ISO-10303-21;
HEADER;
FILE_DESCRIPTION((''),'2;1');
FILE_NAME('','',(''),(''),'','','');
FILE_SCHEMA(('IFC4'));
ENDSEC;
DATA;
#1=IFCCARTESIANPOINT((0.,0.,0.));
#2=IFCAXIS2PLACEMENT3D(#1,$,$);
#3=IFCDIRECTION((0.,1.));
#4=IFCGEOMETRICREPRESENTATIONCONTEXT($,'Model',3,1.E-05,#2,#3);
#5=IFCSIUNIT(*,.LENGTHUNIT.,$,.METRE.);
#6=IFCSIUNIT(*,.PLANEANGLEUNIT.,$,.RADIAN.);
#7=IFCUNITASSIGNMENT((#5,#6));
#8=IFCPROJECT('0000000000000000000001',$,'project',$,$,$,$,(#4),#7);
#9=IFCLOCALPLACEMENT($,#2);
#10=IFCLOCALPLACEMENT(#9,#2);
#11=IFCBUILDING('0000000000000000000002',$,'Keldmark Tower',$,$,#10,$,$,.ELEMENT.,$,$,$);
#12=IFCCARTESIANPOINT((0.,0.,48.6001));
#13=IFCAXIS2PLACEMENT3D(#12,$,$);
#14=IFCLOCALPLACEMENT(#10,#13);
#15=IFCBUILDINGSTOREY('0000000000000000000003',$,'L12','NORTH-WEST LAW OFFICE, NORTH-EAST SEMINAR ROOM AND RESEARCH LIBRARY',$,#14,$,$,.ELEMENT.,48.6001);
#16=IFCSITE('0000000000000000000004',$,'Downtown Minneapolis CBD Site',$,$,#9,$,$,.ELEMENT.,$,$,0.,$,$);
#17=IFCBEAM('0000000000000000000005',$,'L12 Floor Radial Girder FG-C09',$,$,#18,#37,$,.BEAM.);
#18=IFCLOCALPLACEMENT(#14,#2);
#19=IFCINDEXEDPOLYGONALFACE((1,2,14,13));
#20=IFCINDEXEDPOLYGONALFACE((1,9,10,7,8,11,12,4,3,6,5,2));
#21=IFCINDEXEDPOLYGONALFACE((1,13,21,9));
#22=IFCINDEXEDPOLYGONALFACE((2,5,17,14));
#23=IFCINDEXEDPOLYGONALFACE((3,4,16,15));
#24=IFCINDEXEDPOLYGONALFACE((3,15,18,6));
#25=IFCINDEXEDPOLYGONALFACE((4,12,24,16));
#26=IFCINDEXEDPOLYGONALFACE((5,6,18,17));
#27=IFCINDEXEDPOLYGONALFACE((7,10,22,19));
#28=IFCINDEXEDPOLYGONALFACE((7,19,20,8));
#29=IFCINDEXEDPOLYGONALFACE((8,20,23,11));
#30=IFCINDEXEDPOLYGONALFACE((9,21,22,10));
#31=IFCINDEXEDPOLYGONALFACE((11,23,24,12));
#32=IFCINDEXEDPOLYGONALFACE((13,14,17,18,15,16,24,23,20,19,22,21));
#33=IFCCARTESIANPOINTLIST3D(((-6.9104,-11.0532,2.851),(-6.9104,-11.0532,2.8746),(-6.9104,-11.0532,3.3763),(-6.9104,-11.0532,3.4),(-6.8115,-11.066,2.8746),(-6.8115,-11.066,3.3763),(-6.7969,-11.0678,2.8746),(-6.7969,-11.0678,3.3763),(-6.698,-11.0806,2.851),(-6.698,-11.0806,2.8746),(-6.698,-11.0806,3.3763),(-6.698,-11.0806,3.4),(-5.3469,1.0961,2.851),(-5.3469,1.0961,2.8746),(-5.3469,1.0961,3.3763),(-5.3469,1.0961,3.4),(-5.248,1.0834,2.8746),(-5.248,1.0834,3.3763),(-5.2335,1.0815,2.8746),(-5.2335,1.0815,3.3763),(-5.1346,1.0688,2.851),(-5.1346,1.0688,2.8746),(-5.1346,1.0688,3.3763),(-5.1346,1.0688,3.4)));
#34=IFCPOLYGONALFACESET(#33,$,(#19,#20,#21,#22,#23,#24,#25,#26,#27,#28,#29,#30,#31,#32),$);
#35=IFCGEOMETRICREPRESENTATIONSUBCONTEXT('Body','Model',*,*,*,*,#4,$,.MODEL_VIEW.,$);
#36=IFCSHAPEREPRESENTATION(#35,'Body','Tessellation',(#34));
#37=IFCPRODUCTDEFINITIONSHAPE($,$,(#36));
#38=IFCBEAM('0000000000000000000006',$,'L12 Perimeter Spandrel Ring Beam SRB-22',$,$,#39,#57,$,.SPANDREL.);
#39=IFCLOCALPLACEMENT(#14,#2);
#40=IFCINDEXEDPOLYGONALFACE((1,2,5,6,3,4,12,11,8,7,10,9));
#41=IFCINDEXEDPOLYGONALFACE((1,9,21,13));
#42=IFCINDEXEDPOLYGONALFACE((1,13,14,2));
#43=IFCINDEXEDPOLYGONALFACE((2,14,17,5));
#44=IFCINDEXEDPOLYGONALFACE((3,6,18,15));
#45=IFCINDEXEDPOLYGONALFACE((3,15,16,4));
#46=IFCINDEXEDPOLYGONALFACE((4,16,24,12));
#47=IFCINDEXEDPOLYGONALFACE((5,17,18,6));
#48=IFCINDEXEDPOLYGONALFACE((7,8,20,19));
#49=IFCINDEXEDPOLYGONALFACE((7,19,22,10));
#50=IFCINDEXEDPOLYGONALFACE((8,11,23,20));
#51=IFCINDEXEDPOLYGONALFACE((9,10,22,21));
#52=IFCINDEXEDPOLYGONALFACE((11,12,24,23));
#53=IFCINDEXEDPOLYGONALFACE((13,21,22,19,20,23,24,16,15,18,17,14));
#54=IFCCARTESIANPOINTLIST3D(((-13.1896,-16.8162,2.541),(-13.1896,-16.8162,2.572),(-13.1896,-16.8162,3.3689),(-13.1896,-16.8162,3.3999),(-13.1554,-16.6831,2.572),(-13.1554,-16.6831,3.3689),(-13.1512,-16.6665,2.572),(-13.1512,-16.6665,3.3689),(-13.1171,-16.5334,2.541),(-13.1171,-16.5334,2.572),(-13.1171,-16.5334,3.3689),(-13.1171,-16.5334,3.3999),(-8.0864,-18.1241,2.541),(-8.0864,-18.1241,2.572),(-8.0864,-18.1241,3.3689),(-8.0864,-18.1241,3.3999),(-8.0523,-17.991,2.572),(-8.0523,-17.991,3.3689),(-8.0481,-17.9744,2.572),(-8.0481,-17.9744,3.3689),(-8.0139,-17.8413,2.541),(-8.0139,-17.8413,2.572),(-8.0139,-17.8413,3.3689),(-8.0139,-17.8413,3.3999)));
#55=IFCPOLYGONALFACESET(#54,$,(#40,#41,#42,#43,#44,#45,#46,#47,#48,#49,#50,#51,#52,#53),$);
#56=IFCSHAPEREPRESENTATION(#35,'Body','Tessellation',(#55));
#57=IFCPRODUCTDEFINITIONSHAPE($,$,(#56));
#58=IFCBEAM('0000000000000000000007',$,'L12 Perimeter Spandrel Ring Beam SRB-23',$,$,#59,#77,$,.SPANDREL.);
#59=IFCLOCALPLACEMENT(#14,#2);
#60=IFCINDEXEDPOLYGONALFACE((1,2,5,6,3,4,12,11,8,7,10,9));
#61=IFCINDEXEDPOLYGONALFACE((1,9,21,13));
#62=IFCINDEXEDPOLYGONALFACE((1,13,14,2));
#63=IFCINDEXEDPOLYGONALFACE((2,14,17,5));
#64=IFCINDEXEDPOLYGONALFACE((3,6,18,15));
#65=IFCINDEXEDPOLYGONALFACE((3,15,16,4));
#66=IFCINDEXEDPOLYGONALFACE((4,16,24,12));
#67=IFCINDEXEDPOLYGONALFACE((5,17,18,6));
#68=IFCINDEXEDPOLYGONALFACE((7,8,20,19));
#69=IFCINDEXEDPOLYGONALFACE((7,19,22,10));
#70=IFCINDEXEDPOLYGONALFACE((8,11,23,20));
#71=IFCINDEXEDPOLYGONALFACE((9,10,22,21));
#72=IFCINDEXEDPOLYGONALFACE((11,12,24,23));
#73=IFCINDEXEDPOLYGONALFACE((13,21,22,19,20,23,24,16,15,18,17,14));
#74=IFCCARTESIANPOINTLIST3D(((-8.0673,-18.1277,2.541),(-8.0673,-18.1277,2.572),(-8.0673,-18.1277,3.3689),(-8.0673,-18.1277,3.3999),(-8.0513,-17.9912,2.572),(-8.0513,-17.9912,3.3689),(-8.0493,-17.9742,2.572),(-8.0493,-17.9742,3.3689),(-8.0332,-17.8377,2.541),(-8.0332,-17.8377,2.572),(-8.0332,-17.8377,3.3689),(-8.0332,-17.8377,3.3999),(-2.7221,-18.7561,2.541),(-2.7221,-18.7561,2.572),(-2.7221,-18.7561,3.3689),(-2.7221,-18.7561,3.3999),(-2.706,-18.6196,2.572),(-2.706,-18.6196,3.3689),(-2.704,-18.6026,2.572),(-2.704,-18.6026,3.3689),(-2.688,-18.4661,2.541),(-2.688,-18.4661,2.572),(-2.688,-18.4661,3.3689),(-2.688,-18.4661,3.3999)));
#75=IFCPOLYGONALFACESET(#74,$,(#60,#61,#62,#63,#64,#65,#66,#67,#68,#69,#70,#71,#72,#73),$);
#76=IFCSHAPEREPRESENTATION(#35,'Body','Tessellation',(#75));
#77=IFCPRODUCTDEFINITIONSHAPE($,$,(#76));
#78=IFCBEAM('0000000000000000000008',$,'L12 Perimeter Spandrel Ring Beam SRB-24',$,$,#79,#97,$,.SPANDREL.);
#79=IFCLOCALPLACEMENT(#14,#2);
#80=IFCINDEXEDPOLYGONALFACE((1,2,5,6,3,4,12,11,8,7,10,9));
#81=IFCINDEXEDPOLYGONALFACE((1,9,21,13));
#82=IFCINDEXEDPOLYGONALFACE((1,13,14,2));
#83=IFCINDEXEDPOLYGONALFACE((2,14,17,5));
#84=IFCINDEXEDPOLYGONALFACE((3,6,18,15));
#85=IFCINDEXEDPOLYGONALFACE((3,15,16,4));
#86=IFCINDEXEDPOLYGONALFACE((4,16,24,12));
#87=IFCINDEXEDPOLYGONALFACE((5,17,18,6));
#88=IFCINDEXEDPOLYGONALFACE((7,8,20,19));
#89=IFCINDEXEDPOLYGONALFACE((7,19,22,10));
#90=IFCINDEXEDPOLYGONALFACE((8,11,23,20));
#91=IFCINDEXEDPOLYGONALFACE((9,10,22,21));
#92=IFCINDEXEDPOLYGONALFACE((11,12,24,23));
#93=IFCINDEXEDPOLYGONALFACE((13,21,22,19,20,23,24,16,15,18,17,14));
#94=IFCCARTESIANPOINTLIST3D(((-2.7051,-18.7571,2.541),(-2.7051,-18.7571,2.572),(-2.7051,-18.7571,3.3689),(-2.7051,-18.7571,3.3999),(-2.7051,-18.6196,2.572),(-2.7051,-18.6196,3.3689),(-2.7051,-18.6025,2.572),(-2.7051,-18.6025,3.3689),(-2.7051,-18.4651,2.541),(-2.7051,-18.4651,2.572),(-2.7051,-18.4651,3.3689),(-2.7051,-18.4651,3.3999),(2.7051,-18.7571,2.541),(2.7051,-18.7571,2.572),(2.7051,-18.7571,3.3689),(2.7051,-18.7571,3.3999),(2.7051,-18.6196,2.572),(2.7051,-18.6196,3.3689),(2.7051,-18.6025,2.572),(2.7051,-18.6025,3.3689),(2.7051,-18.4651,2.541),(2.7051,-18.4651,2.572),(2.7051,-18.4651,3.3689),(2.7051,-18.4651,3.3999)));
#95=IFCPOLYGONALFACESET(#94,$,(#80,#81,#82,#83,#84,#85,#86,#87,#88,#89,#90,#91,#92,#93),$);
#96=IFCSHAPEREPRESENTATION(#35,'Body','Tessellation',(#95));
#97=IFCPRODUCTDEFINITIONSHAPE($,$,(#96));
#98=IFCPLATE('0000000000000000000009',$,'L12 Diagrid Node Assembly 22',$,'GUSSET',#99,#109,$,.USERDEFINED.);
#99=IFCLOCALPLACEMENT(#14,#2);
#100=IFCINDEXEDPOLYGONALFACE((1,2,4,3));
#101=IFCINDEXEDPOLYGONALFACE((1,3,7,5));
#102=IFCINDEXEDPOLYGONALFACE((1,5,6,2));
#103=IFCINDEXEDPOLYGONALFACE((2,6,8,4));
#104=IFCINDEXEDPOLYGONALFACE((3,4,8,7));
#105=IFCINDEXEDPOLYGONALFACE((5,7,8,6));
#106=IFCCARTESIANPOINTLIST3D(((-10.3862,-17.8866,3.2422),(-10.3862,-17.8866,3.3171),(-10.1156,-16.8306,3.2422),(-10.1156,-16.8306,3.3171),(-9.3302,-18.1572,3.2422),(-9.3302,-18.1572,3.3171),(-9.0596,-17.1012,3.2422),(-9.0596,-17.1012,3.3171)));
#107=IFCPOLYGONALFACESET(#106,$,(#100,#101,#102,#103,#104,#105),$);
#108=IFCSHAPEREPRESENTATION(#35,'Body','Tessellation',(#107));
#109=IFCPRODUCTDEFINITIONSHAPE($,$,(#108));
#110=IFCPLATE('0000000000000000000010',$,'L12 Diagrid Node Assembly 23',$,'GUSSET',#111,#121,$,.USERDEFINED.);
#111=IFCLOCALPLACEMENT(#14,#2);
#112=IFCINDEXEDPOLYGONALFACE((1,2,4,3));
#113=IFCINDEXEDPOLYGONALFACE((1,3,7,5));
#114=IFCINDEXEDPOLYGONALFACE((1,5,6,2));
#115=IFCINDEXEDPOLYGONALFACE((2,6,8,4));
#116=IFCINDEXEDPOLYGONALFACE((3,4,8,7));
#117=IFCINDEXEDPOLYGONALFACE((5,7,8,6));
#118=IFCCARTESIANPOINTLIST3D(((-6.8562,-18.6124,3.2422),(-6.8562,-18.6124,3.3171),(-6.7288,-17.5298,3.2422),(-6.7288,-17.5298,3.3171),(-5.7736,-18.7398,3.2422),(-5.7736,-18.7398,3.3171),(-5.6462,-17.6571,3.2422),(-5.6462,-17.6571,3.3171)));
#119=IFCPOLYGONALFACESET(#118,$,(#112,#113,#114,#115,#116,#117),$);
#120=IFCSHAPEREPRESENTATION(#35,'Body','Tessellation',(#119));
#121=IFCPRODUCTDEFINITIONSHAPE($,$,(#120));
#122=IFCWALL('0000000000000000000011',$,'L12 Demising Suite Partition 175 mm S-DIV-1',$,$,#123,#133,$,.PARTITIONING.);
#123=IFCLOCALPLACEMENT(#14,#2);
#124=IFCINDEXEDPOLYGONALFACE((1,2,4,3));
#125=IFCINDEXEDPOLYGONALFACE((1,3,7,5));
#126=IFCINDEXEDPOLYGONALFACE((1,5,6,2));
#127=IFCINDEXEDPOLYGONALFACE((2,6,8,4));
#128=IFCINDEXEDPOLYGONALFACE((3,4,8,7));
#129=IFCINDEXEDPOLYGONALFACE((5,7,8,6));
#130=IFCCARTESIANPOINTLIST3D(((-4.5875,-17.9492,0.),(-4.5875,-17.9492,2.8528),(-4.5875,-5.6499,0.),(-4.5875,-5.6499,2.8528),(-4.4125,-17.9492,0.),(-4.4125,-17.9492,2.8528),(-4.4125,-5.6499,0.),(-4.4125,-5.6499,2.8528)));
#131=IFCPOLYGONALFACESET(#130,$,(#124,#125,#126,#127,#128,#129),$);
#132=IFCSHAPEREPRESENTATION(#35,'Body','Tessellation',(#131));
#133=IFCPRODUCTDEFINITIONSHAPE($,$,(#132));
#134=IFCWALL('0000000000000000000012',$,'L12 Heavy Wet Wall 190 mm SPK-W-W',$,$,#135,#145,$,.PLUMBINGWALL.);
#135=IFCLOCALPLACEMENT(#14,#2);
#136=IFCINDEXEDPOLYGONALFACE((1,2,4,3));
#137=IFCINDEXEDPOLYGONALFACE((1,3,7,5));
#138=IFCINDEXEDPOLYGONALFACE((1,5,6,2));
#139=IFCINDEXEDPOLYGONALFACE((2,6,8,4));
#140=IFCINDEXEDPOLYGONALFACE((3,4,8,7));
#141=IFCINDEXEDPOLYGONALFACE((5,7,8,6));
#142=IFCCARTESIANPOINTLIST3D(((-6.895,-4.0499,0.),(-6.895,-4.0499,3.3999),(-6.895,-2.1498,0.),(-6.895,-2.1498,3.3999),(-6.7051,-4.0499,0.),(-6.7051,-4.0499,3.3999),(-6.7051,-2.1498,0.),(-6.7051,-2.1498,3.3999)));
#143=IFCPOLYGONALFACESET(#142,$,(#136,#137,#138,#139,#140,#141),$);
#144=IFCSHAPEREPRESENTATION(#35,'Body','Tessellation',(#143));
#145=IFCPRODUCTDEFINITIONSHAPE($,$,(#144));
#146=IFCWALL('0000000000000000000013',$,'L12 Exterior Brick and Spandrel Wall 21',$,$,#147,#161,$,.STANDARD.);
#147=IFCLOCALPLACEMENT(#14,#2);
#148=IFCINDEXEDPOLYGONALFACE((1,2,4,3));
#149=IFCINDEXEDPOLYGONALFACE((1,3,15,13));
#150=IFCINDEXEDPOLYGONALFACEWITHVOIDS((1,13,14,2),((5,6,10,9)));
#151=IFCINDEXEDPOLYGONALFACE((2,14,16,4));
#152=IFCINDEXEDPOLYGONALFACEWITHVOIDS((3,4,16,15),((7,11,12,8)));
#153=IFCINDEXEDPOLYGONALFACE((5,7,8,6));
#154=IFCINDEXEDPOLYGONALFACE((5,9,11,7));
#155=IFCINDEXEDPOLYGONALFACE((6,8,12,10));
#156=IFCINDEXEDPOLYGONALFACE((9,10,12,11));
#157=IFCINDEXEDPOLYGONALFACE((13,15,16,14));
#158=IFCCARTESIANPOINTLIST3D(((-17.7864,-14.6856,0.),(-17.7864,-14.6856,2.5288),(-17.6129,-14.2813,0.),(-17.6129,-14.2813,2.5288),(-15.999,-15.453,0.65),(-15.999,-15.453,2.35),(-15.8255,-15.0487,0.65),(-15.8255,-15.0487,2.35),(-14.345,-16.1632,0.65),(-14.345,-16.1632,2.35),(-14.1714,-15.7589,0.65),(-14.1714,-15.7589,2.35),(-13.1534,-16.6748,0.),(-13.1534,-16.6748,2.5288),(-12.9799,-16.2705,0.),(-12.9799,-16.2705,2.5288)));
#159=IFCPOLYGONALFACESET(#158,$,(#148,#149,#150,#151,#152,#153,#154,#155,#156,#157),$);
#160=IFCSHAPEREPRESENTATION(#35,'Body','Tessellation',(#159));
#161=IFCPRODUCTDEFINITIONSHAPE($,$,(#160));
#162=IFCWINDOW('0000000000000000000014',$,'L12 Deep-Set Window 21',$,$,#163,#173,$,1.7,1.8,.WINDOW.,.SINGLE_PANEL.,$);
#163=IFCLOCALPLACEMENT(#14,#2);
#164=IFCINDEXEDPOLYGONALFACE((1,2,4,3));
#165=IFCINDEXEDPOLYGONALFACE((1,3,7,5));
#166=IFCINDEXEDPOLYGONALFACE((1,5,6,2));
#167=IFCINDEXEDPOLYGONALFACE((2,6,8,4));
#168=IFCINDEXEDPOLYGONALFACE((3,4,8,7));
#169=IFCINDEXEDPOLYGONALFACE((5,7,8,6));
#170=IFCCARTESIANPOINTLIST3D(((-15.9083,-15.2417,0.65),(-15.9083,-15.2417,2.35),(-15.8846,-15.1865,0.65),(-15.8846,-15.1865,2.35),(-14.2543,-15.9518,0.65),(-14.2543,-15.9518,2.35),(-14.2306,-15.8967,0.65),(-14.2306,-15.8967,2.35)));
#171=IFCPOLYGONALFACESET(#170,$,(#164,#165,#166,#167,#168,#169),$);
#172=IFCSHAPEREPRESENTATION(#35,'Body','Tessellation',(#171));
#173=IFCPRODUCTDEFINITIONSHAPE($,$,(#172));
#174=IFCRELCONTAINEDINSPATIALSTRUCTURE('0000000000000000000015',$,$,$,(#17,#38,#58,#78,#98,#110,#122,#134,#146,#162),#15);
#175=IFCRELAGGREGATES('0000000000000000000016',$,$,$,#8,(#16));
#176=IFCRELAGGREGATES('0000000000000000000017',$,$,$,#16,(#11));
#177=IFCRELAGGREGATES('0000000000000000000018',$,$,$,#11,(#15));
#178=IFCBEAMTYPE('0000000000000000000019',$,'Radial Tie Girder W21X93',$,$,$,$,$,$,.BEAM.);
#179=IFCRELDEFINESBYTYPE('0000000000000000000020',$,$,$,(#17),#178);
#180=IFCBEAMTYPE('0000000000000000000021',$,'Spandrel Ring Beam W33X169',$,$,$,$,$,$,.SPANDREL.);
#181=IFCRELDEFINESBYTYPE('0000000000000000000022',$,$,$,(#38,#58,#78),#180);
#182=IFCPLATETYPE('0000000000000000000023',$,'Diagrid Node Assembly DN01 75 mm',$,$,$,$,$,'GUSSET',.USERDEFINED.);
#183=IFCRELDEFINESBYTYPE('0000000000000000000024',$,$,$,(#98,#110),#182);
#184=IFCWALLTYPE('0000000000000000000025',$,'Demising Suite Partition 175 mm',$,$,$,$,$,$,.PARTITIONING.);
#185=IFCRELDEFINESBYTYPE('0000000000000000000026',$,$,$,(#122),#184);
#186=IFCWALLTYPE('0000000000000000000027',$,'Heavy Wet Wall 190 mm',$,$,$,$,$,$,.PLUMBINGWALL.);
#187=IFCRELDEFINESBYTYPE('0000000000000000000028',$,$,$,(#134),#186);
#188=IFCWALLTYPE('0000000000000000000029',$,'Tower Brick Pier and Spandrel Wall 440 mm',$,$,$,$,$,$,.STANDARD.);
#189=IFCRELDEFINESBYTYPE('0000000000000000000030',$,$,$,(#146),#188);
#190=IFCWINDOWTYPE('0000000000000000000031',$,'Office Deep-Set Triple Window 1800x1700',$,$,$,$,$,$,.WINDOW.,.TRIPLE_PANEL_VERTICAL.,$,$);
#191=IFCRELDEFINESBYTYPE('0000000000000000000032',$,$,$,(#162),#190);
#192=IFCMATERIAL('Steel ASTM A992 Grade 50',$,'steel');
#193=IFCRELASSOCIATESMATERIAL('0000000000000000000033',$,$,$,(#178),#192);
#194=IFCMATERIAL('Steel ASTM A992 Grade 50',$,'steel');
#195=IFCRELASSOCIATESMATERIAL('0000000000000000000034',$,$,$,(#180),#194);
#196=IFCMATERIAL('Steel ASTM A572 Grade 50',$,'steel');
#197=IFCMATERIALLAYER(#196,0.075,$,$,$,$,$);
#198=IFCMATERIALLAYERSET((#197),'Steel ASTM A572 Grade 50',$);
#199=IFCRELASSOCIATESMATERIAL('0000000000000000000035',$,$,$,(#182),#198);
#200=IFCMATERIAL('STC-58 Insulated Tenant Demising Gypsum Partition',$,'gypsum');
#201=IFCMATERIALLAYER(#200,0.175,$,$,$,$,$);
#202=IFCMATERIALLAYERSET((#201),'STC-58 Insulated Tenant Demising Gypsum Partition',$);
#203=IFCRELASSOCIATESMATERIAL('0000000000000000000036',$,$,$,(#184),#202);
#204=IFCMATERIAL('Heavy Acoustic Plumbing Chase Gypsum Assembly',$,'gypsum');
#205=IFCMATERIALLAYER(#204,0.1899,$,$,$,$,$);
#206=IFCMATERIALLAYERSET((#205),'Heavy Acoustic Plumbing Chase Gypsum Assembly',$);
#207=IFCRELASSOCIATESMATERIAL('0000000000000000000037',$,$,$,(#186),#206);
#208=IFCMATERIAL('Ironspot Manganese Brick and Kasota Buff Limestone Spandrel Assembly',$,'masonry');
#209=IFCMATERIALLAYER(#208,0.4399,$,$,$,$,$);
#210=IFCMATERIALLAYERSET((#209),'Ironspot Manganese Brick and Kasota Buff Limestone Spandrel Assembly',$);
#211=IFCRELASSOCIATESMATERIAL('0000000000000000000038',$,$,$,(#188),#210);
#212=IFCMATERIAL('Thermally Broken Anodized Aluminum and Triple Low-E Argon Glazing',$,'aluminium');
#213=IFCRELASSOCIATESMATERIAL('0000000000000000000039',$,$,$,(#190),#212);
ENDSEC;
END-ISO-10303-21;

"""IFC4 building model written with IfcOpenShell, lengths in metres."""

from ifc_helpers import new_model, si_unit, direction, frame, frame_2d, origin, origin_2d, place, context, subcontext, project, spatial, rectangle, i_section, extrude, material, layer, layer_set, material_profile, profile_set, type_object, element, fill, save


model = new_model("IFC4")

# Units and contexts
model_context = context("Model", 3, precision=1e-05, world=origin(), true_north=direction((0.0, 1.0)))
body_context = subcontext(model_context, "Body", "Model", "MODEL_VIEW")
ifc_project = project(units=[si_unit("LENGTHUNIT", "METRE"), si_unit("PLANEANGLEUNIT", "RADIAN")], contexts=[model_context])

# Site, building, storey
site_placement = place(None, origin())
site = spatial("IfcSite", under=ifc_project, at=site_placement, Name="Downtown Minneapolis CBD Site", CompositionType="ELEMENT", RefElevation=0.0)
building_placement = place(site_placement, origin())
building = spatial("IfcBuilding", under=site, at=building_placement, Name="Keldmark Tower", CompositionType="ELEMENT")
storey_placement = place(building_placement, frame((0.0, 0.0, 48.6001)))
storey = spatial("IfcBuildingStorey", under=building, at=storey_placement, Name="L12", Description="NORTH-WEST LAW OFFICE, NORTH-EAST SEMINAR ROOM AND RESEARCH LIBRARY", CompositionType="ELEMENT", Elevation=48.6001)

# Beams
ifc_material_1 = material(Name="Steel ASTM A992 Grade 50", Category="steel")
ifc_material_profile_1 = material_profile(ifc_material_1, i_section(OverallWidth=0.2141, OverallDepth=0.5491, WebThickness=0.0146, FlangeThickness=0.0237, at=origin_2d()), Name="W21X93")
ifc_profile_set_1 = profile_set([ifc_material_profile_1], Name="Steel ASTM A992 Grade 50")
beam_type_1 = type_object("IfcBeamType", Name="Radial Tie Girder W21X93", PredefinedType="BEAM", material=ifc_profile_set_1)
beam_1_placement = place(storey_placement, frame((-6.8042, -11.0669, 3.1255), z_axis=(0.127635, 0.991821, 0.0), x_axis=(-0.991821, 0.127635, 0.0)))
element("IfcBeam", 1, at=beam_1_placement, inside=storey, type_object=beam_type_1, Name="L12 Floor Radial Girder FG-C09", PredefinedType="BEAM", context=body_context, shape_type="SweptSolid", body=[
    extrude(i_section(OverallWidth=0.2141, OverallDepth=0.5491, WebThickness=0.0146, FlangeThickness=0.0237, at=origin_2d()), origin(), (0.0, 0.0, 1.0), 12.2495),
])
ifc_material_2 = material(Name="Steel ASTM A992 Grade 50", Category="steel")
ifc_material_profile_2 = material_profile(ifc_material_2, i_section(OverallWidth=0.292, OverallDepth=0.8589, WebThickness=0.0171, FlangeThickness=0.031, at=origin_2d()), Name="W33X169")
ifc_profile_set_2 = profile_set([ifc_material_profile_2], Name="Steel ASTM A992 Grade 50")
beam_type_2 = type_object("IfcBeamType", Name="Spandrel Ring Beam W33X169", PredefinedType="SPANDREL", material=ifc_profile_set_2)
beam_2_placement = place(storey_placement, frame((-13.1533, -16.6748, 2.9705), z_axis=(0.968692, -0.248267, 0.0), x_axis=(0.248267, 0.968692, 0.0)))
element("IfcBeam", 2, at=beam_2_placement, inside=storey, type_object=beam_type_2, Name="L12 Perimeter Spandrel Ring Beam SRB-22", PredefinedType="SPANDREL", context=body_context, shape_type="SweptSolid", body=[
    extrude(i_section(OverallWidth=0.292, OverallDepth=0.8589, WebThickness=0.0171, FlangeThickness=0.031, at=origin_2d()), origin(), (0.0, 0.0, 1.0), 5.2681),
])
beam_3_placement = place(storey_placement, frame((-8.0503, -17.9827, 2.9705), z_axis=(0.99316, -0.116762, 0.0), x_axis=(0.116762, 0.99316, 0.0)))
element("IfcBeam", 3, at=beam_3_placement, inside=storey, type_object=beam_type_2, Name="L12 Perimeter Spandrel Ring Beam SRB-23", PredefinedType="SPANDREL", context=body_context, shape_type="SweptSolid", body=[
    extrude(i_section(OverallWidth=0.292, OverallDepth=0.8589, WebThickness=0.0171, FlangeThickness=0.031, at=origin_2d()), origin(), (0.0, 0.0, 1.0), 5.3821),
])
beam_4_placement = place(storey_placement, frame((-2.7051, -18.6111, 2.9705), z_axis=(1.0, 0.0, 0.0), x_axis=(0.0, 1.0, 0.0)))
element("IfcBeam", 4, at=beam_4_placement, inside=storey, type_object=beam_type_2, Name="L12 Perimeter Spandrel Ring Beam SRB-24", PredefinedType="SPANDREL", context=body_context, shape_type="SweptSolid", body=[
    extrude(i_section(OverallWidth=0.292, OverallDepth=0.8589, WebThickness=0.0171, FlangeThickness=0.031, at=origin_2d()), origin(), (0.0, 0.0, 1.0), 5.4102),
])

# Plates
ifc_material_3 = material(Name="Steel ASTM A572 Grade 50", Category="steel")
ifc_layer_1 = layer(ifc_material_3, 0.075)
ifc_layer_set_1 = layer_set([ifc_layer_1], Name="Steel ASTM A572 Grade 50")
plate_type = type_object("IfcPlateType", Name="Diagrid Node Assembly DN01 75 mm", ElementType="GUSSET", PredefinedType="USERDEFINED", material=ifc_layer_set_1)
for number, where, z_axis, x_axis, name in (
    (5, (-9.7229, -17.4939, 3.2422), (0.0, 0.0, 1.0), (0.968713, -0.248183, 0.0), "L12 Diagrid Node Assembly 22"),
    (6, (-6.2512, -18.1348, 3.2422), (0.0, 0.0, 1.0), (0.99315, -0.116844, 0.0), "L12 Diagrid Node Assembly 23"),
):
    element("IfcPlate", number, at=place(storey_placement, frame(where, z_axis=z_axis, x_axis=x_axis)), inside=storey, type_object=plate_type, Name=name, ObjectType="GUSSET", PredefinedType="USERDEFINED", context=body_context, shape_type="SweptSolid", body=[
        extrude(rectangle(XDim=1.0901, YDim=1.0901, at=origin_2d()), origin(), (0.0, 0.0, 1.0), 0.075),
    ])

# Wall
ifc_material_4 = material(Name="STC-58 Insulated Tenant Demising Gypsum Partition", Category="gypsum")
ifc_layer_2 = layer(ifc_material_4, 0.175)
ifc_layer_set_2 = layer_set([ifc_layer_2], Name="STC-58 Insulated Tenant Demising Gypsum Partition")
wall_type_1 = type_object("IfcWallType", Name="Demising Suite Partition 175 mm", PredefinedType="PARTITIONING", material=ifc_layer_set_2)
wall_1_placement = place(storey_placement, frame((-4.5, -17.9492, 0.0), z_axis=(0.0, 0.0, 1.0), x_axis=(0.0, 1.0, 0.0)))
element("IfcWall", 7, at=wall_1_placement, inside=storey, type_object=wall_type_1, Name="L12 Demising Suite Partition 175 mm S-DIV-1", PredefinedType="PARTITIONING", context=body_context, shape_type="SweptSolid", body=[
    extrude(rectangle(XDim=12.2993, YDim=0.175, at=frame_2d((6.1497, 0.0))), origin(), (0.0, 0.0, 1.0), 2.8528),
])

# Shared definitions
ifc_material_5 = material(Name="Heavy Acoustic Plumbing Chase Gypsum Assembly", Category="gypsum")
ifc_layer_3 = layer(ifc_material_5, 0.1899)
ifc_layer_set_3 = layer_set([ifc_layer_3], Name="Heavy Acoustic Plumbing Chase Gypsum Assembly")
wall_type_2 = type_object("IfcWallType", Name="Heavy Wet Wall 190 mm", PredefinedType="PLUMBINGWALL", material=ifc_layer_set_3)

# Wall
wall_2_placement = place(storey_placement, frame((-6.8, -4.05, 0.0), z_axis=(0.0, 0.0, 1.0), x_axis=(0.0, 1.0, 0.0)))
element("IfcWall", 8, at=wall_2_placement, inside=storey, type_object=wall_type_2, Name="L12 Heavy Wet Wall 190 mm SPK-W-W", PredefinedType="PLUMBINGWALL", context=body_context, shape_type="SweptSolid", body=[
    extrude(rectangle(XDim=1.9001, YDim=0.1899, at=frame_2d((0.9502, 0.0))), origin(), (0.0, 0.0, 1.0), 3.3999),
])

# Wall, opening, window
ifc_material_6 = material(Name="Ironspot Manganese Brick and Kasota Buff Limestone Spandrel Assembly", Category="masonry")
ifc_layer_4 = layer(ifc_material_6, 0.4399)
ifc_layer_set_4 = layer_set([ifc_layer_4], Name="Ironspot Manganese Brick and Kasota Buff Limestone Spandrel Assembly")
wall_type_3 = type_object("IfcWallType", Name="Tower Brick Pier and Spandrel Wall 440 mm", PredefinedType="STANDARD", material=ifc_layer_set_4)
wall_3_placement = place(storey_placement, frame((-13.0667, -16.4727, 0.0), z_axis=(0.0, 0.0, 1.0), x_axis=(-0.918882, 0.394533, 0.0)))
wall_3 = element("IfcWall", 9, at=wall_3_placement, inside=storey, type_object=wall_type_3, Name="L12 Exterior Brick and Spandrel Wall 21", PredefinedType="STANDARD", context=body_context, shape_type="SweptSolid", body=[
    extrude(rectangle(XDim=5.042, YDim=0.4399, at=frame_2d((2.521, 0.0))), origin(), (0.0, 0.0, 1.0), 2.5288),
])
opening_1_placement = place(wall_3_placement, frame((1.2969, 0.0, 0.6499)))
opening_1 = element("IfcOpeningElement", 10, at=opening_1_placement, cuts=wall_3, PredefinedType="OPENING", context=body_context, shape_type="SweptSolid", body=[
    extrude(rectangle(XDim=1.8, YDim=1.7, at=frame_2d((0.8999, 0.8501))), frame((0.0, 0.23, 0.0), z_axis=(0.0, -1.0, 0.0), x_axis=(1.0, 0.0, 0.0)), (0.0, 0.0, 1.0), 0.46),
])
ifc_material_7 = material(Name="Thermally Broken Anodized Aluminum and Triple Low-E Argon Glazing", Category="aluminium")
window_type_1 = type_object("IfcWindowType", Name="Office Deep-Set Triple Window 1800x1700", PartitioningType="TRIPLE_PANEL_VERTICAL", PredefinedType="WINDOW", material=ifc_material_7)
window_1_placement = place(opening_1_placement, origin())
window_1 = element("IfcWindow", 11, at=window_1_placement, inside=storey, type_object=window_type_1, Name="L12 Deep-Set Window 21", OverallHeight=1.7, OverallWidth=1.8, PartitioningType="SINGLE_PANEL", PredefinedType="WINDOW", context=body_context, shape_type="SweptSolid", body=[
    extrude(rectangle(XDim=1.8, YDim=1.7, at=frame_2d((0.8999, 0.8501))), frame((0.0, -0.01, 0.0), z_axis=(0.0, -1.0, 0.0), x_axis=(1.0, 0.0, 0.0)), (0.0, 0.0, 1.0), 0.0601),
])
fill(opening_1, window_1)

save(model, "model.ifc")
